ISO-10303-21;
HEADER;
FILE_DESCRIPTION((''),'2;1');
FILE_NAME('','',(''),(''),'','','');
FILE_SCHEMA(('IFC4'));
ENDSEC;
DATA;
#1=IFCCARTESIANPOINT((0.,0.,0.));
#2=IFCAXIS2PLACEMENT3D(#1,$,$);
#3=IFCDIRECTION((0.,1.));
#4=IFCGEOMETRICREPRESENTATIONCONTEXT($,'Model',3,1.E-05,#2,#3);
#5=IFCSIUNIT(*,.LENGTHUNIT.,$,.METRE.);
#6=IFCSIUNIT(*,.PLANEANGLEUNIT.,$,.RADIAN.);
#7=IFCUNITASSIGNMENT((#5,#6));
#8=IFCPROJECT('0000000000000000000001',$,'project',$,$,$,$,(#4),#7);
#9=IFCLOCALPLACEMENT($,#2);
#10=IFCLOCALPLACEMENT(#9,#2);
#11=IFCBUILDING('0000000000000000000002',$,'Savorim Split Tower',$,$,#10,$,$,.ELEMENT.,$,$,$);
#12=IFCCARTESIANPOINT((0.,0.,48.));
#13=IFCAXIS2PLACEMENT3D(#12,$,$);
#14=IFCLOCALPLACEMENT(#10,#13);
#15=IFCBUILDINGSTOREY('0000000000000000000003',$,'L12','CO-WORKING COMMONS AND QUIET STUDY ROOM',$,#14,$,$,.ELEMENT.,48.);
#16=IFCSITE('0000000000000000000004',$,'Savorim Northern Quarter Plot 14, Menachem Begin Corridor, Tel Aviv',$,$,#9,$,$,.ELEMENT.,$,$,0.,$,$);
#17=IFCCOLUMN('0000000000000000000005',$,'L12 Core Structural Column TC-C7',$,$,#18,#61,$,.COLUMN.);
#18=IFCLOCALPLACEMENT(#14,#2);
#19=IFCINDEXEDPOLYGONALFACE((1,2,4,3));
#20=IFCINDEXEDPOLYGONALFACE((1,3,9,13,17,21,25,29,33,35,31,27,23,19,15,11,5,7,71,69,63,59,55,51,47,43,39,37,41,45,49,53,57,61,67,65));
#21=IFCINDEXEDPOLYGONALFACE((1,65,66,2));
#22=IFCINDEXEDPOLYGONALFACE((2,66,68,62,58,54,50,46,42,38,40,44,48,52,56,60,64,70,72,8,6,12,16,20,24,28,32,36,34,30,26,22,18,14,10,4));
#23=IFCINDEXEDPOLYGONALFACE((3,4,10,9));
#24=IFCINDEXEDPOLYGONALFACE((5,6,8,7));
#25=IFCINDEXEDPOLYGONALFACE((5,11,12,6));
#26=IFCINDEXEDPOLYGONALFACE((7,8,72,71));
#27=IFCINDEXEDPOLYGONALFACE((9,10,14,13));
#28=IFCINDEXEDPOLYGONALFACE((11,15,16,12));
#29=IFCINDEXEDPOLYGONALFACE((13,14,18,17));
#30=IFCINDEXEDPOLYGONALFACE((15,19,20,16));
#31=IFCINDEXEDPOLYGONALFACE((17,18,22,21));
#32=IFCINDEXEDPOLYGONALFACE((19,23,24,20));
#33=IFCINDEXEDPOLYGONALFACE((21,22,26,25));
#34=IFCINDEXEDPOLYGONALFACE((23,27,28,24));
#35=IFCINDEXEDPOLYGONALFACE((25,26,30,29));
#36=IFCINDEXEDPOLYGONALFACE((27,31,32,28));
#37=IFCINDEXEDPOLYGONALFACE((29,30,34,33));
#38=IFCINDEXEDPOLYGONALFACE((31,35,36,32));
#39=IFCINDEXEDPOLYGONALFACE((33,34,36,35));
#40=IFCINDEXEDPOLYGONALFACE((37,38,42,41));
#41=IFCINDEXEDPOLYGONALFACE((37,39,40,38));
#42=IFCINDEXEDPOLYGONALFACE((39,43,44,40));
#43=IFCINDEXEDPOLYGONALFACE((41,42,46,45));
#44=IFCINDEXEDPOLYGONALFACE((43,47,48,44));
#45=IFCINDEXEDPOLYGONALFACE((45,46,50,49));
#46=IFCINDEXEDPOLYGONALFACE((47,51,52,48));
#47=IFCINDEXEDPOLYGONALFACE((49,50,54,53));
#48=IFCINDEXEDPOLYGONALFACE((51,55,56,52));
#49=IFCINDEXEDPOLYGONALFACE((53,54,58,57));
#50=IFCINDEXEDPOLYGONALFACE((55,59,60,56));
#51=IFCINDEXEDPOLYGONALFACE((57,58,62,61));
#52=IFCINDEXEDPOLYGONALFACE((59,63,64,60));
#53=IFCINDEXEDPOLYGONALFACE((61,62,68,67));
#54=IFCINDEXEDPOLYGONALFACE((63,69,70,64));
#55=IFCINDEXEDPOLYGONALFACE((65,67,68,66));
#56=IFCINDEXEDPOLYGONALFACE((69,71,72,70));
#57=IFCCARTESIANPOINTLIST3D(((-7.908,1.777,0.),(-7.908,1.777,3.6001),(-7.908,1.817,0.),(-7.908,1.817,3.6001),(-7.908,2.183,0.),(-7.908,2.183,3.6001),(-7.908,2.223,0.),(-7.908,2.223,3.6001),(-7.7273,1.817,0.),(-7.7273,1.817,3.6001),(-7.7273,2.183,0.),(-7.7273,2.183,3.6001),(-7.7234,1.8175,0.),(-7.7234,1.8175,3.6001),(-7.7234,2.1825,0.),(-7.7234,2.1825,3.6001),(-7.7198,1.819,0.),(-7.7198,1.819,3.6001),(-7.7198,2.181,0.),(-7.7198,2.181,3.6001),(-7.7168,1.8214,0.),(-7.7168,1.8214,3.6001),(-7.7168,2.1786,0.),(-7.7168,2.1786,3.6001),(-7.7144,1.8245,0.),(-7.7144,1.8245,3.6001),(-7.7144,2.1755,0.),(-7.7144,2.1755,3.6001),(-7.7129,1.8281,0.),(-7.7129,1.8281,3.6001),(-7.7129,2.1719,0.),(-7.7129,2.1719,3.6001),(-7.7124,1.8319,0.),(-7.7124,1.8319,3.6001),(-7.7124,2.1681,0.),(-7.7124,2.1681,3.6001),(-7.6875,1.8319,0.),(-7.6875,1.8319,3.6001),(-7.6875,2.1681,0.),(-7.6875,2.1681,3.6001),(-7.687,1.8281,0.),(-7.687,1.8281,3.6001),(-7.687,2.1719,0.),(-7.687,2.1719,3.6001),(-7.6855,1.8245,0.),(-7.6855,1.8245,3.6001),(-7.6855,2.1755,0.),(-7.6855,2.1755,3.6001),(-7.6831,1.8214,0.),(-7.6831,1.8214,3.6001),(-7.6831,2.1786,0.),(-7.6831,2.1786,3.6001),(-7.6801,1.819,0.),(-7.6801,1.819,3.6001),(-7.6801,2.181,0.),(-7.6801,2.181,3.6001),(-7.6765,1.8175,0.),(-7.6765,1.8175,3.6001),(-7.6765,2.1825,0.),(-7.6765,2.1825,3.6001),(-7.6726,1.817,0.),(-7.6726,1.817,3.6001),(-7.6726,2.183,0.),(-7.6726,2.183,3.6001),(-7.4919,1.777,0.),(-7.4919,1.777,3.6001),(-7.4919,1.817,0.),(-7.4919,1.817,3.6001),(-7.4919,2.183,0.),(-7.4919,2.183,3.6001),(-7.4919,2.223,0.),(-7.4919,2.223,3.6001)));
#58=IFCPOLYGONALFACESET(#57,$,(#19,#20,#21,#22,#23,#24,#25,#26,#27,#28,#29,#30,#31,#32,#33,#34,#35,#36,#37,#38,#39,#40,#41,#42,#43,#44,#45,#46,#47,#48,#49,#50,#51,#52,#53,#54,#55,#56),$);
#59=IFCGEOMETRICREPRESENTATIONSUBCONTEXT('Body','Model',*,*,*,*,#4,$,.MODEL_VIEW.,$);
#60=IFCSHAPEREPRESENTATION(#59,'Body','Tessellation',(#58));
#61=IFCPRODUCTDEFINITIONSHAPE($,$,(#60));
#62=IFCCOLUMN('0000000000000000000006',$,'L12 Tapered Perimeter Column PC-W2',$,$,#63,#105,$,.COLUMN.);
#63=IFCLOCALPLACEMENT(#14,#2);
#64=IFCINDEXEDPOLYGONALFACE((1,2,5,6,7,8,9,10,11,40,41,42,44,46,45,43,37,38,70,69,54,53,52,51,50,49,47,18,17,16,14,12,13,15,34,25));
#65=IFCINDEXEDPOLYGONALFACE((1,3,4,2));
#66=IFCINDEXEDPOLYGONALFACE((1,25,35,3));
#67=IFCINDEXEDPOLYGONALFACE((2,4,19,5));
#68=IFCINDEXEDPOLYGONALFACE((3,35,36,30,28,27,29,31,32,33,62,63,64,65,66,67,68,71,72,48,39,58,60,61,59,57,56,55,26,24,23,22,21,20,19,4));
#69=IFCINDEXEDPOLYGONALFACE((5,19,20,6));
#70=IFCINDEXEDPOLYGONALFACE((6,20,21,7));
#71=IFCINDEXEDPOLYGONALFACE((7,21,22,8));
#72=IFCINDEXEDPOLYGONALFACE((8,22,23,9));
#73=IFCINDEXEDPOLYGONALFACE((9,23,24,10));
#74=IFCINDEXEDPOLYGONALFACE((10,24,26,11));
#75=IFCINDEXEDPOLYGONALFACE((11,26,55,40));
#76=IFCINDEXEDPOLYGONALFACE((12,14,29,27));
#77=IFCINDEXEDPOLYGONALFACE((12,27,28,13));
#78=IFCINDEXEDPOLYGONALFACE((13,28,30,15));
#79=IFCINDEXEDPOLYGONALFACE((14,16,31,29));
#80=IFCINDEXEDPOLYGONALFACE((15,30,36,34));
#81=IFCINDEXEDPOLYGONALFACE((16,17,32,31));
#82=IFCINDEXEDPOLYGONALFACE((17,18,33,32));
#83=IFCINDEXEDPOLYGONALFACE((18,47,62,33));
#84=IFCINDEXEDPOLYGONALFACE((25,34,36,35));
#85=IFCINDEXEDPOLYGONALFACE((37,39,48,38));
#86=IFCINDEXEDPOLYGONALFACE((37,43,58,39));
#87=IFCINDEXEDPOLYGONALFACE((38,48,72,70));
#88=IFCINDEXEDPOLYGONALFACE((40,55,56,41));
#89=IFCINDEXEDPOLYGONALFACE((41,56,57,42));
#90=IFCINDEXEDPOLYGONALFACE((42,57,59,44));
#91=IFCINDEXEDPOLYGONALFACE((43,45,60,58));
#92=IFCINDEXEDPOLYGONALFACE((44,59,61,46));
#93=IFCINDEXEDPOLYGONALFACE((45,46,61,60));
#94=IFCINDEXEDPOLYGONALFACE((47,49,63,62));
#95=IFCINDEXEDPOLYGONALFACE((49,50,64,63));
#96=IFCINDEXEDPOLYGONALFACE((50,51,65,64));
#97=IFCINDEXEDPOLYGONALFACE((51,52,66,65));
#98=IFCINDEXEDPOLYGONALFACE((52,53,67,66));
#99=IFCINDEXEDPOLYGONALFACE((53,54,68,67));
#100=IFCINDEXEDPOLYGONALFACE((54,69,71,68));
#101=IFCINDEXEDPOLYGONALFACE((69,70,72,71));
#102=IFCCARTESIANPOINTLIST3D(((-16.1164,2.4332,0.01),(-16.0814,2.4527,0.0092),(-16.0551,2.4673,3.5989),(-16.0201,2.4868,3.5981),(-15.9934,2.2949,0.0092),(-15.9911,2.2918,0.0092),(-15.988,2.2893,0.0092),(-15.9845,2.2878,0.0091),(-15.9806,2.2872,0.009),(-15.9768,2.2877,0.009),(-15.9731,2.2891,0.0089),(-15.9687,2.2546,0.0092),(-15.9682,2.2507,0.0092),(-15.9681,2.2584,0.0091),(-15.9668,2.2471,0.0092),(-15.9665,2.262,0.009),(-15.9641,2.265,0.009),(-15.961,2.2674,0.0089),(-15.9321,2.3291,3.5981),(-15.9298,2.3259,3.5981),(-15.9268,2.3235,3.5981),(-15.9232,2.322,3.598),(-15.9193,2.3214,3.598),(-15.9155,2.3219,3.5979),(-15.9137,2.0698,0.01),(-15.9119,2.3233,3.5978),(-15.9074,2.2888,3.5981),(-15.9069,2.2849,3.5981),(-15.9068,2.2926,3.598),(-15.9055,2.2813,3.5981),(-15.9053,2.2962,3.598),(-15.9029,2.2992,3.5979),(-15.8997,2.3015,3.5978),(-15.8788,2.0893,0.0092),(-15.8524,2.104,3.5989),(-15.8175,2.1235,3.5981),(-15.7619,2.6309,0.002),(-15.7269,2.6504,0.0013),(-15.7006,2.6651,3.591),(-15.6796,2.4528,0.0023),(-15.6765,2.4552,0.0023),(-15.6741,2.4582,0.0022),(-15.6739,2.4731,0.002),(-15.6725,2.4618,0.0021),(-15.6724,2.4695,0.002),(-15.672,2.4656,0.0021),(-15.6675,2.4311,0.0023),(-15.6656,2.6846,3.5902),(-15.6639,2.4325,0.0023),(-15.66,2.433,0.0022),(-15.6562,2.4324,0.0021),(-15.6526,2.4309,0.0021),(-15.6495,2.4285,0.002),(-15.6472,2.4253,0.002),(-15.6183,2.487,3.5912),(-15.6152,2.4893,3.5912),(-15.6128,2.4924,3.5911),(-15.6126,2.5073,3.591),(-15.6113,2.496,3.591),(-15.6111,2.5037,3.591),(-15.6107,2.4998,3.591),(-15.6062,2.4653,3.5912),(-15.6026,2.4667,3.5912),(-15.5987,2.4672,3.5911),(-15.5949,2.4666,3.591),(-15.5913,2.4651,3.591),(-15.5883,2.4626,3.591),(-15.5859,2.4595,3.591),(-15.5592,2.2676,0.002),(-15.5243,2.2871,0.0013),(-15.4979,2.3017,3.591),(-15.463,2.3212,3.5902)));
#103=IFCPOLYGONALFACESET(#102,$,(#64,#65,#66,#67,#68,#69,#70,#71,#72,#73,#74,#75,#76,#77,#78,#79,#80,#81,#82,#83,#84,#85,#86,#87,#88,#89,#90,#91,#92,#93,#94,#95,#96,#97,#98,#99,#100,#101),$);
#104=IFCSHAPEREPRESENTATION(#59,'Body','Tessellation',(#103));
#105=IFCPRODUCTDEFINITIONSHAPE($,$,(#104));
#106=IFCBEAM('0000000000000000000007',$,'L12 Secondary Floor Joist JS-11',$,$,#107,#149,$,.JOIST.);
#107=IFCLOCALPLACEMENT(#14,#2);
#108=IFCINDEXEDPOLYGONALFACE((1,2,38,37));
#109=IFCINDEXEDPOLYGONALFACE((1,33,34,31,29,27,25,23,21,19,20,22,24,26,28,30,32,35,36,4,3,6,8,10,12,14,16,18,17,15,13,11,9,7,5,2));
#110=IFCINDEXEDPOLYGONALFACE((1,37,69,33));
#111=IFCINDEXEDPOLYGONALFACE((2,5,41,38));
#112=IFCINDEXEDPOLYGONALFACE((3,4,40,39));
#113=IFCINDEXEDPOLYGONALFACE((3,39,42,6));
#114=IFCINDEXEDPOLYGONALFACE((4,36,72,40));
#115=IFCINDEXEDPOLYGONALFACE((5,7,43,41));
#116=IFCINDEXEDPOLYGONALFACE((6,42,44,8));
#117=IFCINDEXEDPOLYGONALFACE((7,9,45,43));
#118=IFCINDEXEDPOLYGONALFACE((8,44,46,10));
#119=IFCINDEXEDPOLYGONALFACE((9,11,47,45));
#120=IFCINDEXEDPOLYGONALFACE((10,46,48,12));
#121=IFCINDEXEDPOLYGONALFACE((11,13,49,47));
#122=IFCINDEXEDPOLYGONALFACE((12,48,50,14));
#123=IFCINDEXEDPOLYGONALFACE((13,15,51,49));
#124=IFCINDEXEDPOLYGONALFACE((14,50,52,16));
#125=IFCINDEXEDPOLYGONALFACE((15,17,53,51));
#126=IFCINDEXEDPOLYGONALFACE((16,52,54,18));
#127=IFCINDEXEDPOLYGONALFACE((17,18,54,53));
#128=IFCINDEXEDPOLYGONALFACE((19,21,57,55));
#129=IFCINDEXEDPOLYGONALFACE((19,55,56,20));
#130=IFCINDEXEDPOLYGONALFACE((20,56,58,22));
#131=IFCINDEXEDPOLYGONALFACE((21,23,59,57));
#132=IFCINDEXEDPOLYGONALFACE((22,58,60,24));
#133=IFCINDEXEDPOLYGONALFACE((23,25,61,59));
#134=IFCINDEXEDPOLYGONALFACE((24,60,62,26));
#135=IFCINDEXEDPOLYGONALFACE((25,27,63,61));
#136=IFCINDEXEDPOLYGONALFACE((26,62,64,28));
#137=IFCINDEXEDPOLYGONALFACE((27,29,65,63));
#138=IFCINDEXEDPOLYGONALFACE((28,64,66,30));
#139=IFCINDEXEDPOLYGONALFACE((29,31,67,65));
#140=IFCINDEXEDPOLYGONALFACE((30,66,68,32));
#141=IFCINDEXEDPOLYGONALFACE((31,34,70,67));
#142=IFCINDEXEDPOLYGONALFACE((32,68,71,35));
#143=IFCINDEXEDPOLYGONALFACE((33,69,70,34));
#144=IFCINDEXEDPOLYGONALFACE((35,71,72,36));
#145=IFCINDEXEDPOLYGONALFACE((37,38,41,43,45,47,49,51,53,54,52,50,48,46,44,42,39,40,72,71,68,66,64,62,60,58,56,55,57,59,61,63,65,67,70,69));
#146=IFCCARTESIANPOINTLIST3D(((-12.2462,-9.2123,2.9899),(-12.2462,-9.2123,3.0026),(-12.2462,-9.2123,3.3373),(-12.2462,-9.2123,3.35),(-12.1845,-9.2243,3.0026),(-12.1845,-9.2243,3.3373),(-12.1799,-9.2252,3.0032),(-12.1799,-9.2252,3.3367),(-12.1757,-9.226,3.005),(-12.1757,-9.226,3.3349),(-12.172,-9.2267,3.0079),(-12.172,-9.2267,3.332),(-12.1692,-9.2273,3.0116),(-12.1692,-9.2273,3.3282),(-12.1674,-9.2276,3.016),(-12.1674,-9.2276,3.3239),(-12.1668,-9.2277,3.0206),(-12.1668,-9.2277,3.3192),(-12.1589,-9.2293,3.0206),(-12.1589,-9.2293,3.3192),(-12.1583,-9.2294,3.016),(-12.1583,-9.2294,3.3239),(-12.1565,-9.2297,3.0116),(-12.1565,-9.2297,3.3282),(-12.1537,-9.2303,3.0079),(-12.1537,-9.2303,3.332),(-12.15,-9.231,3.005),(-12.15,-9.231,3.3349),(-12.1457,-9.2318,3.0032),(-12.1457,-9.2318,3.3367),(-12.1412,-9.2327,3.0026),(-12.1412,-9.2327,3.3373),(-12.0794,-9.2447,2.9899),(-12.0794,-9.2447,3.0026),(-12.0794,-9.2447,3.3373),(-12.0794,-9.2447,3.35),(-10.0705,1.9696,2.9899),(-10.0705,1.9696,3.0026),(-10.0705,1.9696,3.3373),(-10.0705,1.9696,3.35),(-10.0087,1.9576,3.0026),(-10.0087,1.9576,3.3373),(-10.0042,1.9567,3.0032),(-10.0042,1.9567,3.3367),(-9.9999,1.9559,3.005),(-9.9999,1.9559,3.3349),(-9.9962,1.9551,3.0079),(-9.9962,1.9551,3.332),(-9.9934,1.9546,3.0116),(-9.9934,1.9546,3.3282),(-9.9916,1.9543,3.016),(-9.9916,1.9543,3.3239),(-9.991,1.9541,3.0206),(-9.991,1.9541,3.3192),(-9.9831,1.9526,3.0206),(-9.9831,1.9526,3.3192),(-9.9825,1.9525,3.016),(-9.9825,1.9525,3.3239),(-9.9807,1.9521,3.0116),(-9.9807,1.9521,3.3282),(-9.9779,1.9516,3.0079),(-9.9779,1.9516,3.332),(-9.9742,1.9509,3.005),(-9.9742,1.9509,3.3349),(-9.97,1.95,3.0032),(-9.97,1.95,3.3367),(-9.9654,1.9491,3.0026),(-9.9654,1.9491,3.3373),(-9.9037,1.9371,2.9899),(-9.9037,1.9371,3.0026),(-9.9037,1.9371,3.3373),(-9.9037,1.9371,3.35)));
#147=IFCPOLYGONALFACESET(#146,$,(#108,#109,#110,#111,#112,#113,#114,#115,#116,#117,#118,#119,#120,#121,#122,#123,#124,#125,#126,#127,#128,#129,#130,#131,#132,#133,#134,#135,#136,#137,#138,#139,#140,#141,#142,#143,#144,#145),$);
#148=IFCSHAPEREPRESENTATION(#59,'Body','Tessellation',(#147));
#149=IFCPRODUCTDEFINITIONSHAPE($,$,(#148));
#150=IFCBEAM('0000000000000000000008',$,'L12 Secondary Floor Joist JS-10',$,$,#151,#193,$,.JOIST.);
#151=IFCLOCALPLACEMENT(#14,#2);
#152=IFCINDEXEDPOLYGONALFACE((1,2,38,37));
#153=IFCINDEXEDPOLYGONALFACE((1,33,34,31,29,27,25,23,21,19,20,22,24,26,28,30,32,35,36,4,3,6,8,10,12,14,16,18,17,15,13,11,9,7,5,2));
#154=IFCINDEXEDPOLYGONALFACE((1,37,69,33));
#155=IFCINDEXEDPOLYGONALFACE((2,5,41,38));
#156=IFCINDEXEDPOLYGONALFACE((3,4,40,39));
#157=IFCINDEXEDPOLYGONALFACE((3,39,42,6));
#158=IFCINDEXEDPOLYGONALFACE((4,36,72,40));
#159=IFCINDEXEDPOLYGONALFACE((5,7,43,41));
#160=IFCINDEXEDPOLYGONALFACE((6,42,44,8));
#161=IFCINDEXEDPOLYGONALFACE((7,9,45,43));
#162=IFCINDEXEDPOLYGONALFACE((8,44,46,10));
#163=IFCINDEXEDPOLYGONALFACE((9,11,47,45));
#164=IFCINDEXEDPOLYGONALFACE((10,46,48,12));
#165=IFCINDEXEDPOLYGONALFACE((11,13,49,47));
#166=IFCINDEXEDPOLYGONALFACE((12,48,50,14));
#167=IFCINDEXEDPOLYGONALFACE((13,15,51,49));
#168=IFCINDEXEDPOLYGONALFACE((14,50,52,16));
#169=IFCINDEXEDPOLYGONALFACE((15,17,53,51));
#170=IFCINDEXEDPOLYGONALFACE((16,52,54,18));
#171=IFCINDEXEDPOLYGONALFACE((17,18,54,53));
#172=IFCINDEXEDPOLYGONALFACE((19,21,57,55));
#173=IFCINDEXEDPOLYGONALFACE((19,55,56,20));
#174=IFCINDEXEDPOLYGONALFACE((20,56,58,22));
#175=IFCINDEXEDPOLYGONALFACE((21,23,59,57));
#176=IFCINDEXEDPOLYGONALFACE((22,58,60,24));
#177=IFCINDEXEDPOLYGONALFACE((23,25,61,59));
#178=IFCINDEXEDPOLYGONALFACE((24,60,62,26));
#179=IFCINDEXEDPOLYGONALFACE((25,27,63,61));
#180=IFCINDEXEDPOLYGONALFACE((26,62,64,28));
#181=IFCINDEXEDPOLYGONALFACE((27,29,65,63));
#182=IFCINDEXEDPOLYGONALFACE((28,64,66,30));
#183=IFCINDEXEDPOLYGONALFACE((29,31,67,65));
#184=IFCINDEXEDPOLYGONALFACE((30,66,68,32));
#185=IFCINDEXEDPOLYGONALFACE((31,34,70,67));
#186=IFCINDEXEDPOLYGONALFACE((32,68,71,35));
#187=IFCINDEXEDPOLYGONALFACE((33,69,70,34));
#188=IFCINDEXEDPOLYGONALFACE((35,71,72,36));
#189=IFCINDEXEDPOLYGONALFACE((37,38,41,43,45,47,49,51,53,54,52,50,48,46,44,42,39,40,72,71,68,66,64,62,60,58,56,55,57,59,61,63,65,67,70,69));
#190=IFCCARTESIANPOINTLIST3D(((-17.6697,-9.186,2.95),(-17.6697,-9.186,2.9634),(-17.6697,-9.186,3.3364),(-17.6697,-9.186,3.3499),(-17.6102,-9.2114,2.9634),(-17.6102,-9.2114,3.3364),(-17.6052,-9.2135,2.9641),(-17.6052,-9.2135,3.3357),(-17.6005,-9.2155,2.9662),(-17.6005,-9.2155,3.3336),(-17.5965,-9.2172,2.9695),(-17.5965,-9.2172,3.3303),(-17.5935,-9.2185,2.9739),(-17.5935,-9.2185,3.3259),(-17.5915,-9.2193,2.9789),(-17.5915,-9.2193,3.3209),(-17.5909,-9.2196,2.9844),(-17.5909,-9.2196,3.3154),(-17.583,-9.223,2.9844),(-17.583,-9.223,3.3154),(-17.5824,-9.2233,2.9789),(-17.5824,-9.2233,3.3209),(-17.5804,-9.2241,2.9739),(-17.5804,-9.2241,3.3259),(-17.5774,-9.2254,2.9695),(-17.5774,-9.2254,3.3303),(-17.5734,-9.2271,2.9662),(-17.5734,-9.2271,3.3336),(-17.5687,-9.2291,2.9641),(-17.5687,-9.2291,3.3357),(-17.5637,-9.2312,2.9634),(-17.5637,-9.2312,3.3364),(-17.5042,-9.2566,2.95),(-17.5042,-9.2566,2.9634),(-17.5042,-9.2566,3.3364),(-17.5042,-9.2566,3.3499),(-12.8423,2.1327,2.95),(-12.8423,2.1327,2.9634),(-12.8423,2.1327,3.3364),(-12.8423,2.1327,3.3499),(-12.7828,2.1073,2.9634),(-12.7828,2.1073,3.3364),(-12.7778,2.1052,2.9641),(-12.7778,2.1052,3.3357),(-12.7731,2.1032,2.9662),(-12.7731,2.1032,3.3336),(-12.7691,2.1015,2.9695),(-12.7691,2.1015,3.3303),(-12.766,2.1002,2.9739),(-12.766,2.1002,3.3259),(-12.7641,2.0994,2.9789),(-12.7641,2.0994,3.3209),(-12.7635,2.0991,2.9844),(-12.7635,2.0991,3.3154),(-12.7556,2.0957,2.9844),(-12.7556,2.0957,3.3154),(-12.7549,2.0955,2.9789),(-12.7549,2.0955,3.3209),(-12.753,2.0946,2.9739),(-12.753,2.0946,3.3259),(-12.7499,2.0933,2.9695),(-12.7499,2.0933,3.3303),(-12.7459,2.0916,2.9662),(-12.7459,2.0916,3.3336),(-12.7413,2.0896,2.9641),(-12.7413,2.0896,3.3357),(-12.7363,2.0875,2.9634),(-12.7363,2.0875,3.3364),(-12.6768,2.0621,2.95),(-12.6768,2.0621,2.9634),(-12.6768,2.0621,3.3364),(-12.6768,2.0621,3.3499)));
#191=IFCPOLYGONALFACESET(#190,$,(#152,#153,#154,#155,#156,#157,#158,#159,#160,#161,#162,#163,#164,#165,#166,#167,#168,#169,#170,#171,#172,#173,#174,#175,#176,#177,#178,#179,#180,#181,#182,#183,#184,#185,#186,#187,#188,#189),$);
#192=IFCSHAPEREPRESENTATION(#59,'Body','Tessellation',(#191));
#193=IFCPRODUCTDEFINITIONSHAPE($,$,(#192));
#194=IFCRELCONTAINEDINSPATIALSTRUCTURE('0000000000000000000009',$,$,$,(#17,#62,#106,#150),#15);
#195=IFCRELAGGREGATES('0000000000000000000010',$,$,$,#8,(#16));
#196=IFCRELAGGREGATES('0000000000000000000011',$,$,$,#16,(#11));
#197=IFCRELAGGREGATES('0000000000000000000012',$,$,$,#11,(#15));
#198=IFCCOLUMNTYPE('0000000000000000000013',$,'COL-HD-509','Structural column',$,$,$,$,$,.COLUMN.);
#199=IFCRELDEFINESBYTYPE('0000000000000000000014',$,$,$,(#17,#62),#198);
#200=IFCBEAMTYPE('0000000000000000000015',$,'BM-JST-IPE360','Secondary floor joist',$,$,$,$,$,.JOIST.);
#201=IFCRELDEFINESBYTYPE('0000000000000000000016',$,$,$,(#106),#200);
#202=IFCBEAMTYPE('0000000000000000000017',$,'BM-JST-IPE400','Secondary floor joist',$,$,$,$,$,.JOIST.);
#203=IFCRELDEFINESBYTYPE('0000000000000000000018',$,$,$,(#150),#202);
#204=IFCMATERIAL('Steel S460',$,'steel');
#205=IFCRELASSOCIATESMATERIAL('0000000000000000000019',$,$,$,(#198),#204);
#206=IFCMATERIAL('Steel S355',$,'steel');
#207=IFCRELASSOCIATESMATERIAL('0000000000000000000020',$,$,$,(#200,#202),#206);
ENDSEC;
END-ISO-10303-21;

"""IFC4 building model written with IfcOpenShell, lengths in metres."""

from ifc_helpers import new_model, si_unit, direction, frame, origin, origin_2d, place, context, subcontext, project, spatial, i_section, extrude, material, material_profile, profile_set, type_object, element, save


model = new_model("IFC4")

# Units and contexts
model_context = context("Model", 3, precision=1e-05, world=origin(), true_north=direction((0.0, 1.0)))
body_context = subcontext(model_context, "Body", "Model", "MODEL_VIEW")
ifc_project = project(units=[si_unit("LENGTHUNIT", "METRE"), si_unit("PLANEANGLEUNIT", "RADIAN")], contexts=[model_context])

# Site, building, storey
site_placement = place(None, origin())
site = spatial("IfcSite", under=ifc_project, at=site_placement, Name="Savorim Northern Quarter Plot 14, Menachem Begin Corridor, Tel Aviv", CompositionType="ELEMENT", RefElevation=0.0)
building_placement = place(site_placement, origin())
building = spatial("IfcBuilding", under=site, at=building_placement, Name="Savorim Split Tower", CompositionType="ELEMENT")
storey_placement = place(building_placement, frame((0.0, 0.0, 48.0)))
storey = spatial("IfcBuildingStorey", under=building, at=storey_placement, Name="L12", Description="CO-WORKING COMMONS AND QUIET STUDY ROOM", CompositionType="ELEMENT", Elevation=48.0)

# Columns
ifc_material_1 = material(Name="Steel S460", Category="steel")
ifc_material_profile_1 = material_profile(ifc_material_1, i_section(OverallWidth=0.416, OverallDepth=0.446, WebThickness=0.0249, FlangeThickness=0.04, FilletRadius=0.0149, at=origin_2d()), Name="HD 400x509")
ifc_profile_set_1 = profile_set([ifc_material_profile_1], Name="Steel S460")
column_type = type_object("IfcColumnType", Name="COL-HD-509", Description="Structural column", PredefinedType="COLUMN", material=ifc_profile_set_1)
column_1_placement = place(storey_placement, frame((-7.7, 2.0, 0.0), z_axis=(0.0, 0.0, 1.0), x_axis=(1.0, 0.0, 0.0)))
element("IfcColumn", 1, at=column_1_placement, inside=storey, type_object=column_type, Name="L12 Core Structural Column TC-C7", PredefinedType="COLUMN", context=body_context, shape_type="SweptSolid", body=[
    extrude(i_section(OverallWidth=0.416, OverallDepth=0.446, WebThickness=0.0249, FlangeThickness=0.04, FilletRadius=0.0149, at=origin_2d()), origin(), (0.0, 0.0, 1.0), 3.6001),
])
column_2_placement = place(storey_placement, frame((-15.8203, 2.3601, 0.0056), z_axis=(0.017072, 0.009522, 0.999809), x_axis=(-0.487119, 0.873335, 0.0)))
element("IfcColumn", 2, at=column_2_placement, inside=storey, type_object=column_type, Name="L12 Tapered Perimeter Column PC-W2", PredefinedType="COLUMN", context=body_context, shape_type="SweptSolid", body=[
    extrude(i_section(OverallWidth=0.416, OverallDepth=0.446, WebThickness=0.0249, FlangeThickness=0.04, FilletRadius=0.0149, at=origin_2d()), origin(), (0.0, 0.0, 1.0), 3.5896),
])

# Beams
ifc_material_2 = material(Name="Steel S355", Category="steel")
ifc_material_profile_2 = material_profile(ifc_material_2, i_section(OverallWidth=0.1699, OverallDepth=0.3601, WebThickness=0.0081, FlangeThickness=0.0127, FilletRadius=0.0181, at=origin_2d()), Name="IPE 360")
ifc_profile_set_2 = profile_set([ifc_material_profile_2], Name="Steel S355")
beam_type_1 = type_object("IfcBeamType", Name="BM-JST-IPE360", Description="Secondary floor joist", PredefinedType="JOIST", material=ifc_profile_set_2)
beam_1_placement = place(storey_placement, frame((-9.9871, 1.9534, 3.1699), z_axis=(-0.190999, -0.98159, 0.0), x_axis=(0.98159, -0.190999, 0.0)))
element("IfcBeam", 3, at=beam_1_placement, inside=storey, type_object=beam_type_1, Name="L12 Secondary Floor Joist JS-11", PredefinedType="JOIST", context=body_context, shape_type="SweptSolid", body=[
    extrude(i_section(OverallWidth=0.1699, OverallDepth=0.3601, WebThickness=0.0081, FlangeThickness=0.0127, FilletRadius=0.0181, at=origin_2d()), origin(), (0.0, 0.0, 1.0), 11.3916),
])
ifc_material_profile_3 = material_profile(ifc_material_2, i_section(OverallWidth=0.1799, OverallDepth=0.3999, WebThickness=0.0085, FlangeThickness=0.0134, FilletRadius=0.021, at=origin_2d()), Name="IPE 400")
ifc_profile_set_3 = profile_set([ifc_material_profile_3], Name="Steel S355")
beam_type_2 = type_object("IfcBeamType", Name="BM-JST-IPE400", Description="Secondary floor joist", PredefinedType="JOIST", material=ifc_profile_set_3)
beam_2_placement = place(storey_placement, frame((-12.7595, 2.0974, 3.1499), z_axis=(-0.39231, -0.919833, 0.0), x_axis=(0.919833, -0.39231, 0.0)))
element("IfcBeam", 4, at=beam_2_placement, inside=storey, type_object=beam_type_2, Name="L12 Secondary Floor Joist JS-10", PredefinedType="JOIST", context=body_context, shape_type="SweptSolid", body=[
    extrude(i_section(OverallWidth=0.1799, OverallDepth=0.3999, WebThickness=0.0085, FlangeThickness=0.0134, FilletRadius=0.021, at=origin_2d()), origin(), (0.0, 0.0, 1.0), 12.3052),
])

save(model, "model.ifc")
